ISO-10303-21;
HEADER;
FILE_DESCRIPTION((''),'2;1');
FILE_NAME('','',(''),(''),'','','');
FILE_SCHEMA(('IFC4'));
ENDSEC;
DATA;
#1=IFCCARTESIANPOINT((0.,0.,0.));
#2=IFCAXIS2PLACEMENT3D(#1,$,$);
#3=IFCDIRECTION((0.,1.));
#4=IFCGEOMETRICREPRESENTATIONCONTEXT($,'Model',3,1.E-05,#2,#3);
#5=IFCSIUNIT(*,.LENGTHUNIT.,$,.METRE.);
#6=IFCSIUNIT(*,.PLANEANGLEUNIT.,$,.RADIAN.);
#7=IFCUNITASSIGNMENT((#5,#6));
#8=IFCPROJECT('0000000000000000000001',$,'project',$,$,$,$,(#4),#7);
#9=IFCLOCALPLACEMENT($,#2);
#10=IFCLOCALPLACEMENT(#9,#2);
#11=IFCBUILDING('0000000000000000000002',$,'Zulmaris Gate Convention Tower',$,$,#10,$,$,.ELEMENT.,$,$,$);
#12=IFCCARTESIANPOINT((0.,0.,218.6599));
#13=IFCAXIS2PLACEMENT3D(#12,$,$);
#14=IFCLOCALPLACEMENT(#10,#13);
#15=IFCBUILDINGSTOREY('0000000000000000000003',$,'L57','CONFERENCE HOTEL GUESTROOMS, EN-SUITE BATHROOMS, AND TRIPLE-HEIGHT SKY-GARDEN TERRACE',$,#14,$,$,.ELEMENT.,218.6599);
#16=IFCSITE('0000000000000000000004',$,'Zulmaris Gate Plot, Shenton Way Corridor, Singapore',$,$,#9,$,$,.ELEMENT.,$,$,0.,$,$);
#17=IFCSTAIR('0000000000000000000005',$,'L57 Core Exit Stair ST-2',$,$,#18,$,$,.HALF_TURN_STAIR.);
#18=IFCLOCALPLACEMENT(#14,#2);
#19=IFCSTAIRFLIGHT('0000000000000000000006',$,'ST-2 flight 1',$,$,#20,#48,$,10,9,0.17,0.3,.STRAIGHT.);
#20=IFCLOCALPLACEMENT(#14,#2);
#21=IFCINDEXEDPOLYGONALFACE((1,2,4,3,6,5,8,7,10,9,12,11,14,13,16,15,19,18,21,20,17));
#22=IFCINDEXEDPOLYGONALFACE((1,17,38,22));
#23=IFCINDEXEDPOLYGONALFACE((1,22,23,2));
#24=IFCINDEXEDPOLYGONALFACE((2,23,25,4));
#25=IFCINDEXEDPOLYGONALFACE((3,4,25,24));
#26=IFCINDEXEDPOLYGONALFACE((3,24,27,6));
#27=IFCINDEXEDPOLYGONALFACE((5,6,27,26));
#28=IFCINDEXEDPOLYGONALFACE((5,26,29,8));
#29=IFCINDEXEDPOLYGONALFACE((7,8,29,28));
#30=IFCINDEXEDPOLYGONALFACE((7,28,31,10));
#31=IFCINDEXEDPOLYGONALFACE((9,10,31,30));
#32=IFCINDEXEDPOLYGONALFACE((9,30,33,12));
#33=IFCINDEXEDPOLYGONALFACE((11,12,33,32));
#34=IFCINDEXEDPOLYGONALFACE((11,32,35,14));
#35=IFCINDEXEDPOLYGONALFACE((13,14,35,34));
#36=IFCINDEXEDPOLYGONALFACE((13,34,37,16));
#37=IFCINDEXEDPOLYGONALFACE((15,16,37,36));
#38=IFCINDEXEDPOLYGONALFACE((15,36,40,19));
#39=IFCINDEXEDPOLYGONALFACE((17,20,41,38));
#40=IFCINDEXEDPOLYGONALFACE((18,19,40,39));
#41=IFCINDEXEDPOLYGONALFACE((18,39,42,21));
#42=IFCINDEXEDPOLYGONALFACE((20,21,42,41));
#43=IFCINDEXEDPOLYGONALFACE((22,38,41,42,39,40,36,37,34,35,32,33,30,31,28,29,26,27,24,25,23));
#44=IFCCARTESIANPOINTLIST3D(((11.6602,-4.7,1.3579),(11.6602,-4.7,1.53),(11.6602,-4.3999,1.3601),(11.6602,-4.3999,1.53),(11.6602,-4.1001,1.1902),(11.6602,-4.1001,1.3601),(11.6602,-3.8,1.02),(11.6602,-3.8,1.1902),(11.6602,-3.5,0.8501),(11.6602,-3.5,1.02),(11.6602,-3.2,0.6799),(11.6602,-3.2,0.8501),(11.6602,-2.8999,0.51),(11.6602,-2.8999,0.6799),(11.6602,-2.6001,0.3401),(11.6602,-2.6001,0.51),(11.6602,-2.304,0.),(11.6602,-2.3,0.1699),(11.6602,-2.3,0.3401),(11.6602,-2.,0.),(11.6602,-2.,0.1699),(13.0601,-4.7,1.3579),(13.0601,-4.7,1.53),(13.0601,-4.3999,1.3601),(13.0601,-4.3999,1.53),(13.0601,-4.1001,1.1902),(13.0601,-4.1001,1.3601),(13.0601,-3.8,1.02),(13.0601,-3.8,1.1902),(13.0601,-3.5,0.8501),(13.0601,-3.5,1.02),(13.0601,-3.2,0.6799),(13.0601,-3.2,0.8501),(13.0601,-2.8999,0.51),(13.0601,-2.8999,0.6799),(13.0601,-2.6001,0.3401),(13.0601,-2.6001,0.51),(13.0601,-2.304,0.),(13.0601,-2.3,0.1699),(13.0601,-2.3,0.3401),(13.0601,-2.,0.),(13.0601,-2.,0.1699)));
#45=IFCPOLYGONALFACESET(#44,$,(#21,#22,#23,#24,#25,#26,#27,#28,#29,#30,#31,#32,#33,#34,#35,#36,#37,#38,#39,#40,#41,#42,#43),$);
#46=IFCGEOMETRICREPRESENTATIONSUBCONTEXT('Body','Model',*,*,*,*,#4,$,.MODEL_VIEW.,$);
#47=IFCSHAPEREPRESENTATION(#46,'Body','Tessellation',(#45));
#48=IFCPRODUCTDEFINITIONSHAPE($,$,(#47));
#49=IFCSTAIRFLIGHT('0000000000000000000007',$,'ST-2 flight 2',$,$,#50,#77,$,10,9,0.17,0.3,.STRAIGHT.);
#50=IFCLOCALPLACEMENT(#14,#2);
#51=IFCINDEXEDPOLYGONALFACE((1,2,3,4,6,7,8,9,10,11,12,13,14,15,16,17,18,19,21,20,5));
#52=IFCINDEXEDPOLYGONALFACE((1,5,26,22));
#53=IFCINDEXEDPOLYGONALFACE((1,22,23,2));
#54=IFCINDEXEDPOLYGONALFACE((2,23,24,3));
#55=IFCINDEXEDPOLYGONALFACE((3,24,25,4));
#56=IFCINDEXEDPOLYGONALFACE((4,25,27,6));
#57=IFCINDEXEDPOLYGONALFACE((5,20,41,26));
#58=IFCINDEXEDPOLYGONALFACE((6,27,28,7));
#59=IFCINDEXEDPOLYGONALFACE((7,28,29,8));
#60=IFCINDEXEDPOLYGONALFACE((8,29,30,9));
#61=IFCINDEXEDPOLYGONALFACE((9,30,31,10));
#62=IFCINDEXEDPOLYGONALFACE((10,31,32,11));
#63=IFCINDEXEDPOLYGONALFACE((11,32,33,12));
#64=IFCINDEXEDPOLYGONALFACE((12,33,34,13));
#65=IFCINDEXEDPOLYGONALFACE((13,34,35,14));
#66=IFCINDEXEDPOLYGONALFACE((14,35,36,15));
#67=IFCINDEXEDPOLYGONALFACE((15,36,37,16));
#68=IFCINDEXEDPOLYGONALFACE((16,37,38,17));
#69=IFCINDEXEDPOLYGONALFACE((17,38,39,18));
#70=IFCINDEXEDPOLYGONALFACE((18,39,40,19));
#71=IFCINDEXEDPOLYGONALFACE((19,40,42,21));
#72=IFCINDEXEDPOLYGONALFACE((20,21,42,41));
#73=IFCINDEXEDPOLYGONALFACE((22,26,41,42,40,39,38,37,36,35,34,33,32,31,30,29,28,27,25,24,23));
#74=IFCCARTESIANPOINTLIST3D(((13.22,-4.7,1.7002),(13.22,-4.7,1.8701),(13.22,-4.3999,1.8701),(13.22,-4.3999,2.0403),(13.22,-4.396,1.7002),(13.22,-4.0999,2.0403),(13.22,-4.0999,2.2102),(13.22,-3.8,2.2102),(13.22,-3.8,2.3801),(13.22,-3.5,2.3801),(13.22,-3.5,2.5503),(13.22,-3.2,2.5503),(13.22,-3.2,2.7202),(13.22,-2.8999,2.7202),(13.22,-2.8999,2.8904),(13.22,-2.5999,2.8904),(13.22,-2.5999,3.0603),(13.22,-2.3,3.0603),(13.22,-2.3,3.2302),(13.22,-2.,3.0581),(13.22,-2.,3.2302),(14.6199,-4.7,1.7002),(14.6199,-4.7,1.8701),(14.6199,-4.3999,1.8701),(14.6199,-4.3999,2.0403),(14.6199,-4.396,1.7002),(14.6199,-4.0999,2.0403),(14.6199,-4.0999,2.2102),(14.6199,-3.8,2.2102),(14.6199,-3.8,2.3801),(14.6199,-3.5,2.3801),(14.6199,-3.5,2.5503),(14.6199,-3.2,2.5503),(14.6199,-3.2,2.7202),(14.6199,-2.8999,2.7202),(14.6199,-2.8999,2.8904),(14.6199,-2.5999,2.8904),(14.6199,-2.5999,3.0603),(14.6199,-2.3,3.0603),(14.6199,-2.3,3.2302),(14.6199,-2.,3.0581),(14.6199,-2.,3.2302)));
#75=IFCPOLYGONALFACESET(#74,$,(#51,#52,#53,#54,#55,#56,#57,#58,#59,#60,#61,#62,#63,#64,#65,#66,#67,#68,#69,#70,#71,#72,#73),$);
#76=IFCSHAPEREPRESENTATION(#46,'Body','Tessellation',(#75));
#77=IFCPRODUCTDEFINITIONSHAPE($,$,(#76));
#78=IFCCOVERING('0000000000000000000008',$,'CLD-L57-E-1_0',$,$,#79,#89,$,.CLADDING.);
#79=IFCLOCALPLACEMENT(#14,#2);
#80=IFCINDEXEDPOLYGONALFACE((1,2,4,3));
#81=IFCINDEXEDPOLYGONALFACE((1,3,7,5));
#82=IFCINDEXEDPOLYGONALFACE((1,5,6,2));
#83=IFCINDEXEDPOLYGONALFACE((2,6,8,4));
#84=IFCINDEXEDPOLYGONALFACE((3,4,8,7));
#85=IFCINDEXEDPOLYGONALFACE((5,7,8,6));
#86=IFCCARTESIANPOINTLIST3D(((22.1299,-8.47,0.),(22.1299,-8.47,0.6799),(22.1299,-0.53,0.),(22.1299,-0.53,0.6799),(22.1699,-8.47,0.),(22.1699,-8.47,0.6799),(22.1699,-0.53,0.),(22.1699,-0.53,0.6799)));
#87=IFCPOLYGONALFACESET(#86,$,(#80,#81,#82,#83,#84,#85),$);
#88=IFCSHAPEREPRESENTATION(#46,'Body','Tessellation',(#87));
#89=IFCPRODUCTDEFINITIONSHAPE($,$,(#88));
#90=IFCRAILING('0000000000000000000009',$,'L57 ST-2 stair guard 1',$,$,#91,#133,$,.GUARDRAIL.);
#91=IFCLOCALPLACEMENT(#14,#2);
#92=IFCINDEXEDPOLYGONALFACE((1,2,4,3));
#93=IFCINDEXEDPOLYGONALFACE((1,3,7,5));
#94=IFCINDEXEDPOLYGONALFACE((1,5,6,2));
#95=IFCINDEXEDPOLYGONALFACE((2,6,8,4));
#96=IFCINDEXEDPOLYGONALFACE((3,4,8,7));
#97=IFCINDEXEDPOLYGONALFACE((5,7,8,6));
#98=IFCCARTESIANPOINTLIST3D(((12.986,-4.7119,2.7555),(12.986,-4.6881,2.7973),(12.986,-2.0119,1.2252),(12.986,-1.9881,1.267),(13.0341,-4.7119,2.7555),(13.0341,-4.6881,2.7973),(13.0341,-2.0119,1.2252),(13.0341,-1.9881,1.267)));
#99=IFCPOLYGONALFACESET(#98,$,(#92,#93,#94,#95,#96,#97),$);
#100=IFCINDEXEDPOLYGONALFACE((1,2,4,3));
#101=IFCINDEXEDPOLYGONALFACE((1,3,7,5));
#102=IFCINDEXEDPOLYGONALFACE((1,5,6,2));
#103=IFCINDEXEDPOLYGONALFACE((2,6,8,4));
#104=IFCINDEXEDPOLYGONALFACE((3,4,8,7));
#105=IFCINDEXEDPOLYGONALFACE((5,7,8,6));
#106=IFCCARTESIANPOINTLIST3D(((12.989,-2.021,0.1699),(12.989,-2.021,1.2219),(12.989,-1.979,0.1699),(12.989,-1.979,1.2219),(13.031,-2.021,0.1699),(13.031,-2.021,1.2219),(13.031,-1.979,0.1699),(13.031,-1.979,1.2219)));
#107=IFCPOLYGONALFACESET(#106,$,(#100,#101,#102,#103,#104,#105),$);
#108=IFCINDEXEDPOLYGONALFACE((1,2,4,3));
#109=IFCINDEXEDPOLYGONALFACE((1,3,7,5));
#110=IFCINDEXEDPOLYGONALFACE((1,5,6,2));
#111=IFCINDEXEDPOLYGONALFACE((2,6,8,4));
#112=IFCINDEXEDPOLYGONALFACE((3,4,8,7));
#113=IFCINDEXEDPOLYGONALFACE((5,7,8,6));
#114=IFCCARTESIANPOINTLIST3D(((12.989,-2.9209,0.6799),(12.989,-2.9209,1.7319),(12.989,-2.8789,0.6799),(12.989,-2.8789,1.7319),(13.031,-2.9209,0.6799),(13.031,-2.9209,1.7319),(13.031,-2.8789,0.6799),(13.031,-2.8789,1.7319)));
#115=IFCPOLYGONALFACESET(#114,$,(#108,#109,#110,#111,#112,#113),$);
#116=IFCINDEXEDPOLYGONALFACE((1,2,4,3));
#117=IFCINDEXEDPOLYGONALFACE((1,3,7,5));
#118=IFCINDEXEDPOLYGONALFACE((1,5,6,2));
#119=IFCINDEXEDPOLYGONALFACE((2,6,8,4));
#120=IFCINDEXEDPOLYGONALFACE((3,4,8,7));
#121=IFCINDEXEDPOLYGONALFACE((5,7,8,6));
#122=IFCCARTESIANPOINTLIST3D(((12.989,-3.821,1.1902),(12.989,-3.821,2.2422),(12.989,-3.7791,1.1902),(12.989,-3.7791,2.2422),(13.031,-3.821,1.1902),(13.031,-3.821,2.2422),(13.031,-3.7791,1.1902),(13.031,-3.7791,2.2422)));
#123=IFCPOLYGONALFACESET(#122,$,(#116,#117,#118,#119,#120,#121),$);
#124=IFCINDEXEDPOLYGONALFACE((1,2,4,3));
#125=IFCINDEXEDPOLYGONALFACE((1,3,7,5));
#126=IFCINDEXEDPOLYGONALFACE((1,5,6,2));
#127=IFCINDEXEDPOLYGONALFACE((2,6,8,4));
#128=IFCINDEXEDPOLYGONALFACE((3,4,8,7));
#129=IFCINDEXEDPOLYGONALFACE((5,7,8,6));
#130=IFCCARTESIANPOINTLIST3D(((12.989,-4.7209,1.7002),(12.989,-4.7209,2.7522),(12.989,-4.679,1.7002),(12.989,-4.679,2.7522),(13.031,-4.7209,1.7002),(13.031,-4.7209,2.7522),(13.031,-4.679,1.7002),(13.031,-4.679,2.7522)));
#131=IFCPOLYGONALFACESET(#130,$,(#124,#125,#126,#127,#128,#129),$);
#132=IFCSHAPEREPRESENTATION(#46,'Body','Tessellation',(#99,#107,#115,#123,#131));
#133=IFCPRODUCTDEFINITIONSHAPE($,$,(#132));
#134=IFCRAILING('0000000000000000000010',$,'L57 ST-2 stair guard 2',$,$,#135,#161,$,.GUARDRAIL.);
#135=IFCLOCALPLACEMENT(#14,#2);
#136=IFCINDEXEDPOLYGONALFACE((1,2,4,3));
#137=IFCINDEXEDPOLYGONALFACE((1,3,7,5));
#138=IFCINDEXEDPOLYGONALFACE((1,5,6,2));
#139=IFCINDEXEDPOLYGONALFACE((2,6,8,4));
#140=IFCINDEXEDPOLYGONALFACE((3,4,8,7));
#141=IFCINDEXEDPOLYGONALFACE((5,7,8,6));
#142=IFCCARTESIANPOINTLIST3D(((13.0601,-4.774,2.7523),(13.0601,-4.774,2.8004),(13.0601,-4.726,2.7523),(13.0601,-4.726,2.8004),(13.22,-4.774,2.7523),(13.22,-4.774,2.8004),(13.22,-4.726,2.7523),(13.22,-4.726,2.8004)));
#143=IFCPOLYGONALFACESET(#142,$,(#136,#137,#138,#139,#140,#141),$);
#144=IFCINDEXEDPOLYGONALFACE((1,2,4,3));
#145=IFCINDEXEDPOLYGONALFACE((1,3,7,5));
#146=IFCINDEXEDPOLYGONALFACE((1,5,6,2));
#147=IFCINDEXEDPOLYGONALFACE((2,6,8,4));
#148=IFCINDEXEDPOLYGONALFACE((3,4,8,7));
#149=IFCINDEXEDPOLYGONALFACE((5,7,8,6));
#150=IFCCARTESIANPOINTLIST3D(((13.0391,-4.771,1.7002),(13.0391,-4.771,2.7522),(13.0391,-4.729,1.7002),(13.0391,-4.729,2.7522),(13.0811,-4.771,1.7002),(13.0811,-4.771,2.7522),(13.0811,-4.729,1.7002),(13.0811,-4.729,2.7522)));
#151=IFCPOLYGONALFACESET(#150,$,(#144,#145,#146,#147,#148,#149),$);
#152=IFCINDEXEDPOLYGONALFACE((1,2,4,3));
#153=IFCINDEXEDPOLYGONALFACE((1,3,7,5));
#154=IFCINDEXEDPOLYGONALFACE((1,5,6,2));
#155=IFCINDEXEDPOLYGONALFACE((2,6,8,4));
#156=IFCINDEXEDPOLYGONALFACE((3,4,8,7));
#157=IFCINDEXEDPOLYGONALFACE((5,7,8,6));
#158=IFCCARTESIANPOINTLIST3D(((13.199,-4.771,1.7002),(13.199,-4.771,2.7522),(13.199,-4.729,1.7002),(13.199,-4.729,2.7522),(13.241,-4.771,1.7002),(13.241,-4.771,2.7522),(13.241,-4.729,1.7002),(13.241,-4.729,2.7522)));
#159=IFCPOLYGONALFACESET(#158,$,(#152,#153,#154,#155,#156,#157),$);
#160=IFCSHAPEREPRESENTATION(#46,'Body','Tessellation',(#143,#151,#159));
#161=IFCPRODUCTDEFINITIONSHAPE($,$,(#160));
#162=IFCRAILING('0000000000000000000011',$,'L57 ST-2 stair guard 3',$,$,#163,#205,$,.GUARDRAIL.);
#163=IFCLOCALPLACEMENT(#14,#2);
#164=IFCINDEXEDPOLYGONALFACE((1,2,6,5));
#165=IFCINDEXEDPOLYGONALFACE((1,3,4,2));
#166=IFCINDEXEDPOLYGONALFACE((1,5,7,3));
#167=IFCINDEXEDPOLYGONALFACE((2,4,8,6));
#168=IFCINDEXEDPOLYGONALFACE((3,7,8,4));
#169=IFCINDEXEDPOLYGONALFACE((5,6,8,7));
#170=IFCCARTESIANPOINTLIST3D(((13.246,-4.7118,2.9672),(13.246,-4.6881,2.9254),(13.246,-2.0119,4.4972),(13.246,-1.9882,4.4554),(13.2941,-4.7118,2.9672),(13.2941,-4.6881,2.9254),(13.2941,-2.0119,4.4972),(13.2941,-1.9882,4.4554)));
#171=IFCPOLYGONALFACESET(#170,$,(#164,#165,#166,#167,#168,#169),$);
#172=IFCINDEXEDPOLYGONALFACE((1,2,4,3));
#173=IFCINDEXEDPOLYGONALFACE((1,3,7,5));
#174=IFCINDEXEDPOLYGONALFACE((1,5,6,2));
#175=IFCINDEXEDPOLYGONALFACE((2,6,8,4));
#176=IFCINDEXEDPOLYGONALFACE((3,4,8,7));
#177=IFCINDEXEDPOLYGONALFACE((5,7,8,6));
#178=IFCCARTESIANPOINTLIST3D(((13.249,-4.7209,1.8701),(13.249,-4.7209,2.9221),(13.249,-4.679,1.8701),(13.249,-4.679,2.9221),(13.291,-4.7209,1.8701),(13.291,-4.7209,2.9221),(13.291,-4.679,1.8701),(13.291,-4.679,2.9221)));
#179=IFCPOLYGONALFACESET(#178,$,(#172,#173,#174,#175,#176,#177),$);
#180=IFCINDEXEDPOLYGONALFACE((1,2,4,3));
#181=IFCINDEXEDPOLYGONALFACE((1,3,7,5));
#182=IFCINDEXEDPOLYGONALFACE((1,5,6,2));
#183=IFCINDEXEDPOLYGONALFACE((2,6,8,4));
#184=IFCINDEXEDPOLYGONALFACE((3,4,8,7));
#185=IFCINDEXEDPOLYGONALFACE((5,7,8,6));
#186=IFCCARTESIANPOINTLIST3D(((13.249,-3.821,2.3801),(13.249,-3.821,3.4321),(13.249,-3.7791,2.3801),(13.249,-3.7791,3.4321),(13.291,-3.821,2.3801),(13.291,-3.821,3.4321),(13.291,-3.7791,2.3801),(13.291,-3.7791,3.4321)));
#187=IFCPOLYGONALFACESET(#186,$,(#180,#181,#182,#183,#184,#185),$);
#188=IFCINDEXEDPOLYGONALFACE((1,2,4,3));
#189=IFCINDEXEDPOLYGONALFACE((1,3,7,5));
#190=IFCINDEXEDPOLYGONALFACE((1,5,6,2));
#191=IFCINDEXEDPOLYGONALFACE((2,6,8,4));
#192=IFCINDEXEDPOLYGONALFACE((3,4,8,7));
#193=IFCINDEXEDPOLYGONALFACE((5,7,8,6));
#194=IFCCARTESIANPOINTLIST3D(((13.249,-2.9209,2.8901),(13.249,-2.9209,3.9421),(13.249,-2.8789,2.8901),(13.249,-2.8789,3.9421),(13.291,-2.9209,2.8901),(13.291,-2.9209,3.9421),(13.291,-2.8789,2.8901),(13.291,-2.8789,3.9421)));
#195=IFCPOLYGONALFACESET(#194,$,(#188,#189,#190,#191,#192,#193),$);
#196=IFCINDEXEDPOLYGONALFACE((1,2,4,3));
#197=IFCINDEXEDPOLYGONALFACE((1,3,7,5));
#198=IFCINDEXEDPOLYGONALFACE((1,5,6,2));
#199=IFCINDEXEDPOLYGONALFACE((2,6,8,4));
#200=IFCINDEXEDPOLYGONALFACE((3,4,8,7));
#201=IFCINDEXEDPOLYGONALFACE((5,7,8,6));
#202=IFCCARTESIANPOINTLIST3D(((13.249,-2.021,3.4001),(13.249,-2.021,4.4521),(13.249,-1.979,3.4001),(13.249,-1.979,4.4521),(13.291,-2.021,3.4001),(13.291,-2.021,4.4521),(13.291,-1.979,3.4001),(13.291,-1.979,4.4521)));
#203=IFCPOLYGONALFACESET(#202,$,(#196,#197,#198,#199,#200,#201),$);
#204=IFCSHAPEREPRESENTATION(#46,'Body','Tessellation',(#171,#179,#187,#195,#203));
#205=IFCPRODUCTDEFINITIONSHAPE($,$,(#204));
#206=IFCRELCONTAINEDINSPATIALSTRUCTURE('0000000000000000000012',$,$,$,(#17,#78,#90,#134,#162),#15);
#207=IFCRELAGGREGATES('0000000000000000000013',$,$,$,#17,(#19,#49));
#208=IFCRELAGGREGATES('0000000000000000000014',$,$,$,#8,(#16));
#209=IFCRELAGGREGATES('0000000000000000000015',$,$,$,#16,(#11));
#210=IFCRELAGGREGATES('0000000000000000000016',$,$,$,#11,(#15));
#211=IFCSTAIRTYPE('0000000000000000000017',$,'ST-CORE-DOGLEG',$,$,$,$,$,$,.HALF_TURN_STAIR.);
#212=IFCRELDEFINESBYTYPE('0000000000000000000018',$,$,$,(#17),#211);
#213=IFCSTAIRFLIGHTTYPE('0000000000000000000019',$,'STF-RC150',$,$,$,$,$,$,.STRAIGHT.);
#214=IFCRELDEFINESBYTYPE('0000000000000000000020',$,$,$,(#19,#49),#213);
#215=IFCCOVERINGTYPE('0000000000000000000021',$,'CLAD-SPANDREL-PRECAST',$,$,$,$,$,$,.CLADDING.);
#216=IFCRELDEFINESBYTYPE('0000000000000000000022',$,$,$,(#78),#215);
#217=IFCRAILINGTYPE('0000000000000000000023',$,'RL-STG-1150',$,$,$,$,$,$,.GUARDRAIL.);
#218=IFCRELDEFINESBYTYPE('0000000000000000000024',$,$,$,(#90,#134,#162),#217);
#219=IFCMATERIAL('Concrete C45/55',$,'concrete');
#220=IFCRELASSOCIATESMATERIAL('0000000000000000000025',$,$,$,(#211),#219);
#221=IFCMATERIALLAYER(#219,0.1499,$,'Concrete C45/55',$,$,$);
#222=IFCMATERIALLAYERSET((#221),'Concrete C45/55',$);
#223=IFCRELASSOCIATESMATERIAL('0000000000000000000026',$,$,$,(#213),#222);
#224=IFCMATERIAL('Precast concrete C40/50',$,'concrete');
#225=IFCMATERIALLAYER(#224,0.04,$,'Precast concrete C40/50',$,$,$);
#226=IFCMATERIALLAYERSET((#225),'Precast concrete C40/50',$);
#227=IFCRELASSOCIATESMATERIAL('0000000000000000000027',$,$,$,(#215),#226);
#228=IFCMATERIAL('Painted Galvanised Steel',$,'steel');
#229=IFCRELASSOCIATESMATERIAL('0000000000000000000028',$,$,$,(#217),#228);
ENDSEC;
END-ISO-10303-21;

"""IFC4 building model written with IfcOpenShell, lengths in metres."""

from ifc_helpers import new_model, si_unit, direction, frame, frame_2d, origin, origin_2d, place, context, subcontext, project, spatial, polyline, rectangle, outline, extrude, material, layer, layer_set, type_object, element, aggregate, save


model = new_model("IFC4")

# Units and contexts
model_context = context("Model", 3, precision=1e-05, world=origin(), true_north=direction((0.0, 1.0)))
body_context = subcontext(model_context, "Body", "Model", "MODEL_VIEW")
ifc_project = project(units=[si_unit("LENGTHUNIT", "METRE"), si_unit("PLANEANGLEUNIT", "RADIAN")], contexts=[model_context])

# Site, building, storey
site_placement = place(None, origin())
site = spatial("IfcSite", under=ifc_project, at=site_placement, Name="Zulmaris Gate Plot, Shenton Way Corridor, Singapore", CompositionType="ELEMENT", RefElevation=0.0)
building_placement = place(site_placement, origin())
building = spatial("IfcBuilding", under=site, at=building_placement, Name="Zulmaris Gate Convention Tower", CompositionType="ELEMENT")
storey_placement = place(building_placement, frame((0.0, 0.0, 218.6599)))
storey = spatial("IfcBuildingStorey", under=building, at=storey_placement, Name="L57", Description="CONFERENCE HOTEL GUESTROOMS, EN-SUITE BATHROOMS, AND TRIPLE-HEIGHT SKY-GARDEN TERRACE", CompositionType="ELEMENT", Elevation=218.6599)

# Shared definitions
ifc_material_1 = material(Name="Precast concrete C40/50", Category="concrete")

# Stair, stair flights
ifc_material_2 = material(Name="Concrete C45/55", Category="concrete")
stair_type = type_object("IfcStairType", Name="ST-CORE-DOGLEG", PredefinedType="HALF_TURN_STAIR", material=ifc_material_2)
stair_placement = place(storey_placement, origin())
stair = element("IfcStair", 1, at=stair_placement, inside=storey, type_object=stair_type, Name="L57 Core Exit Stair ST-2", PredefinedType="HALF_TURN_STAIR")
ifc_layer_1 = layer(ifc_material_2, 0.1499, Name="Concrete C45/55")
ifc_layer_set_1 = layer_set([ifc_layer_1], Name="Concrete C45/55")
stair_flight_type = type_object("IfcStairFlightType", Name="STF-RC150", PredefinedType="STRAIGHT", material=ifc_layer_set_1)
stair_flight_1_placement = place(storey_placement, frame((12.3601, -2.0, 0.0), z_axis=(0.0, 0.0, 1.0), x_axis=(0.0, -1.0, 0.0)))
stair_flight_1 = element("IfcStairFlight", 2, at=stair_flight_1_placement, type_object=stair_flight_type, Name="ST-2 flight 1", NumberOfRisers=10, NumberOfTreads=9, PredefinedType="STRAIGHT", RiserHeight=0.17, TreadLength=0.3, context=body_context, shape_type="SweptSolid", body=[
    extrude(outline(polyline([(0.0, 0.0), (0.0, 0.1699), (0.3, 0.1699), (0.3, 0.3401), (0.6001, 0.3401), (0.6001, 0.51), (0.8999, 0.51), (0.8999, 0.6799), (1.2, 0.6799), (1.2, 0.8501), (1.5, 0.8501), (1.5, 1.02), (1.8, 1.02), (1.8, 1.1902), (2.1001, 1.1902), (2.1001, 1.3601), (2.3999, 1.3601), (2.3999, 1.53), (2.7, 1.53), (2.7, 1.7002), (2.7, 1.3579), (0.304, 0.0), (0.0, 0.0)])), frame((0.0, 0.7, 0.0), z_axis=(0.0, -1.0, 0.0), x_axis=(1.0, 0.0, 0.0)), (0.0, 0.0, 1.0), 1.3999),
])
stair_flight_2_placement = place(storey_placement, frame((13.9199, -4.7, 1.7002), z_axis=(0.0, 0.0, 1.0), x_axis=(0.0, 1.0, 0.0)))
stair_flight_2 = element("IfcStairFlight", 3, at=stair_flight_2_placement, type_object=stair_flight_type, Name="ST-2 flight 2", NumberOfRisers=10, NumberOfTreads=9, PredefinedType="STRAIGHT", RiserHeight=0.17, TreadLength=0.3, context=body_context, shape_type="SweptSolid", body=[
    extrude(outline(polyline([(0.0, 0.0), (0.0, 0.1699), (0.3, 0.1699), (0.3, 0.3401), (0.6001, 0.3401), (0.6001, 0.51), (0.8999, 0.51), (0.8999, 0.6799), (1.2, 0.6799), (1.2, 0.8501), (1.5, 0.8501), (1.5, 1.02), (1.8, 1.02), (1.8, 1.1902), (2.1001, 1.1902), (2.1001, 1.3601), (2.3999, 1.3601), (2.3999, 1.53), (2.7, 1.53), (2.7, 1.7002), (2.7, 1.3579), (0.304, 0.0), (0.0, 0.0)])), frame((0.0, 0.7, 0.0), z_axis=(0.0, -1.0, 0.0), x_axis=(1.0, 0.0, 0.0)), (0.0, 0.0, 1.0), 1.3999),
])
aggregate(stair, [stair_flight_1, stair_flight_2])

# Covering
ifc_layer_2 = layer(ifc_material_1, 0.04, Name="Precast concrete C40/50")
ifc_layer_set_2 = layer_set([ifc_layer_2], Name="Precast concrete C40/50")
covering_type = type_object("IfcCoveringType", Name="CLAD-SPANDREL-PRECAST", PredefinedType="CLADDING", material=ifc_layer_set_2)
covering_placement = place(storey_placement, frame((22.1499, -8.47, 0.0), z_axis=(0.0, 0.0, 1.0), x_axis=(0.0, 1.0, 0.0)))
element("IfcCovering", 4, at=covering_placement, inside=storey, type_object=covering_type, Name="CLD-L57-E-1_0", PredefinedType="CLADDING", context=body_context, shape_type="SweptSolid", body=[
    extrude(rectangle(XDim=7.9399, YDim=0.04, at=frame_2d((3.97, 0.0))), origin(), (0.0, 0.0, 1.0), 0.6799),
])

# Railings
ifc_material_3 = material(Name="Painted Galvanised Steel", Category="steel")
railing_type_1 = type_object("IfcRailingType", Name="RL-STG-1150", PredefinedType="GUARDRAIL", material=ifc_material_3)
railing_1_placement = place(storey_placement, frame((13.01, -2.0, 0.1699)))
element("IfcRailing", 5, at=railing_1_placement, inside=storey, type_object=railing_type_1, Name="L57 ST-2 stair guard 1", PredefinedType="GUARDRAIL", context=body_context, shape_type="SweptSolid", body=[
    extrude(rectangle(XDim=0.0481, YDim=0.0481, at=origin_2d()), frame((0.0, 0.0, 1.0762), z_axis=(0.0, -0.869981, 0.493086), x_axis=(1.0, 0.0, 0.0)), (0.0, 0.0, 1.0), 3.1035),
    extrude(rectangle(XDim=0.042, YDim=0.042, at=origin_2d()), origin(), (0.0, 0.0, 1.0), 1.052),
    extrude(rectangle(XDim=0.042, YDim=0.042, at=origin_2d()), frame((0.0, -0.8999, 0.51)), (0.0, 0.0, 1.0), 1.052),
    extrude(rectangle(XDim=0.042, YDim=0.042, at=origin_2d()), frame((0.0, -1.8, 1.0203)), (0.0, 0.0, 1.0), 1.052),
    extrude(rectangle(XDim=0.042, YDim=0.042, at=origin_2d()), frame((0.0, -2.7, 1.5303)), (0.0, 0.0, 1.0), 1.052),
])
railing_2_placement = place(storey_placement, frame((13.0601, -4.75, 1.7002)))
element("IfcRailing", 6, at=railing_2_placement, inside=storey, type_object=railing_type_1, Name="L57 ST-2 stair guard 2", PredefinedType="GUARDRAIL", context=body_context, shape_type="SweptSolid", body=[
    extrude(rectangle(XDim=0.0481, YDim=0.0481, at=origin_2d()), frame((0.0, 0.0, 1.0762), z_axis=(1.0, 0.0, 0.0), x_axis=(0.0, 1.0, 0.0)), (0.0, 0.0, 1.0), 0.1599),
    extrude(rectangle(XDim=0.042, YDim=0.042, at=origin_2d()), origin(), (0.0, 0.0, 1.0), 1.052),
    extrude(rectangle(XDim=0.042, YDim=0.042, at=origin_2d()), frame((0.1599, 0.0, 0.0)), (0.0, 0.0, 1.0), 1.052),
])
railing_3_placement = place(storey_placement, frame((13.27, -4.7, 1.8701)))
element("IfcRailing", 7, at=railing_3_placement, inside=storey, type_object=railing_type_1, Name="L57 ST-2 stair guard 3", PredefinedType="GUARDRAIL", context=body_context, shape_type="SweptSolid", body=[
    extrude(rectangle(XDim=0.0481, YDim=0.0481, at=origin_2d()), frame((0.0, 0.0, 1.0762), z_axis=(0.0, 0.870014, 0.493026), x_axis=(-1.0, 0.0, 0.0)), (0.0, 0.0, 1.0), 3.1033),
    extrude(rectangle(XDim=0.042, YDim=0.042, at=origin_2d()), origin(), (0.0, 0.0, 1.0), 1.052),
    extrude(rectangle(XDim=0.042, YDim=0.042, at=origin_2d()), frame((0.0, 0.8999, 0.51)), (0.0, 0.0, 1.0), 1.052),
    extrude(rectangle(XDim=0.042, YDim=0.042, at=origin_2d()), frame((0.0, 1.8, 1.02)), (0.0, 0.0, 1.0), 1.052),
    extrude(rectangle(XDim=0.042, YDim=0.042, at=origin_2d()), frame((0.0, 2.7, 1.53)), (0.0, 0.0, 1.0), 1.052),
])

save(model, "model.ifc")
